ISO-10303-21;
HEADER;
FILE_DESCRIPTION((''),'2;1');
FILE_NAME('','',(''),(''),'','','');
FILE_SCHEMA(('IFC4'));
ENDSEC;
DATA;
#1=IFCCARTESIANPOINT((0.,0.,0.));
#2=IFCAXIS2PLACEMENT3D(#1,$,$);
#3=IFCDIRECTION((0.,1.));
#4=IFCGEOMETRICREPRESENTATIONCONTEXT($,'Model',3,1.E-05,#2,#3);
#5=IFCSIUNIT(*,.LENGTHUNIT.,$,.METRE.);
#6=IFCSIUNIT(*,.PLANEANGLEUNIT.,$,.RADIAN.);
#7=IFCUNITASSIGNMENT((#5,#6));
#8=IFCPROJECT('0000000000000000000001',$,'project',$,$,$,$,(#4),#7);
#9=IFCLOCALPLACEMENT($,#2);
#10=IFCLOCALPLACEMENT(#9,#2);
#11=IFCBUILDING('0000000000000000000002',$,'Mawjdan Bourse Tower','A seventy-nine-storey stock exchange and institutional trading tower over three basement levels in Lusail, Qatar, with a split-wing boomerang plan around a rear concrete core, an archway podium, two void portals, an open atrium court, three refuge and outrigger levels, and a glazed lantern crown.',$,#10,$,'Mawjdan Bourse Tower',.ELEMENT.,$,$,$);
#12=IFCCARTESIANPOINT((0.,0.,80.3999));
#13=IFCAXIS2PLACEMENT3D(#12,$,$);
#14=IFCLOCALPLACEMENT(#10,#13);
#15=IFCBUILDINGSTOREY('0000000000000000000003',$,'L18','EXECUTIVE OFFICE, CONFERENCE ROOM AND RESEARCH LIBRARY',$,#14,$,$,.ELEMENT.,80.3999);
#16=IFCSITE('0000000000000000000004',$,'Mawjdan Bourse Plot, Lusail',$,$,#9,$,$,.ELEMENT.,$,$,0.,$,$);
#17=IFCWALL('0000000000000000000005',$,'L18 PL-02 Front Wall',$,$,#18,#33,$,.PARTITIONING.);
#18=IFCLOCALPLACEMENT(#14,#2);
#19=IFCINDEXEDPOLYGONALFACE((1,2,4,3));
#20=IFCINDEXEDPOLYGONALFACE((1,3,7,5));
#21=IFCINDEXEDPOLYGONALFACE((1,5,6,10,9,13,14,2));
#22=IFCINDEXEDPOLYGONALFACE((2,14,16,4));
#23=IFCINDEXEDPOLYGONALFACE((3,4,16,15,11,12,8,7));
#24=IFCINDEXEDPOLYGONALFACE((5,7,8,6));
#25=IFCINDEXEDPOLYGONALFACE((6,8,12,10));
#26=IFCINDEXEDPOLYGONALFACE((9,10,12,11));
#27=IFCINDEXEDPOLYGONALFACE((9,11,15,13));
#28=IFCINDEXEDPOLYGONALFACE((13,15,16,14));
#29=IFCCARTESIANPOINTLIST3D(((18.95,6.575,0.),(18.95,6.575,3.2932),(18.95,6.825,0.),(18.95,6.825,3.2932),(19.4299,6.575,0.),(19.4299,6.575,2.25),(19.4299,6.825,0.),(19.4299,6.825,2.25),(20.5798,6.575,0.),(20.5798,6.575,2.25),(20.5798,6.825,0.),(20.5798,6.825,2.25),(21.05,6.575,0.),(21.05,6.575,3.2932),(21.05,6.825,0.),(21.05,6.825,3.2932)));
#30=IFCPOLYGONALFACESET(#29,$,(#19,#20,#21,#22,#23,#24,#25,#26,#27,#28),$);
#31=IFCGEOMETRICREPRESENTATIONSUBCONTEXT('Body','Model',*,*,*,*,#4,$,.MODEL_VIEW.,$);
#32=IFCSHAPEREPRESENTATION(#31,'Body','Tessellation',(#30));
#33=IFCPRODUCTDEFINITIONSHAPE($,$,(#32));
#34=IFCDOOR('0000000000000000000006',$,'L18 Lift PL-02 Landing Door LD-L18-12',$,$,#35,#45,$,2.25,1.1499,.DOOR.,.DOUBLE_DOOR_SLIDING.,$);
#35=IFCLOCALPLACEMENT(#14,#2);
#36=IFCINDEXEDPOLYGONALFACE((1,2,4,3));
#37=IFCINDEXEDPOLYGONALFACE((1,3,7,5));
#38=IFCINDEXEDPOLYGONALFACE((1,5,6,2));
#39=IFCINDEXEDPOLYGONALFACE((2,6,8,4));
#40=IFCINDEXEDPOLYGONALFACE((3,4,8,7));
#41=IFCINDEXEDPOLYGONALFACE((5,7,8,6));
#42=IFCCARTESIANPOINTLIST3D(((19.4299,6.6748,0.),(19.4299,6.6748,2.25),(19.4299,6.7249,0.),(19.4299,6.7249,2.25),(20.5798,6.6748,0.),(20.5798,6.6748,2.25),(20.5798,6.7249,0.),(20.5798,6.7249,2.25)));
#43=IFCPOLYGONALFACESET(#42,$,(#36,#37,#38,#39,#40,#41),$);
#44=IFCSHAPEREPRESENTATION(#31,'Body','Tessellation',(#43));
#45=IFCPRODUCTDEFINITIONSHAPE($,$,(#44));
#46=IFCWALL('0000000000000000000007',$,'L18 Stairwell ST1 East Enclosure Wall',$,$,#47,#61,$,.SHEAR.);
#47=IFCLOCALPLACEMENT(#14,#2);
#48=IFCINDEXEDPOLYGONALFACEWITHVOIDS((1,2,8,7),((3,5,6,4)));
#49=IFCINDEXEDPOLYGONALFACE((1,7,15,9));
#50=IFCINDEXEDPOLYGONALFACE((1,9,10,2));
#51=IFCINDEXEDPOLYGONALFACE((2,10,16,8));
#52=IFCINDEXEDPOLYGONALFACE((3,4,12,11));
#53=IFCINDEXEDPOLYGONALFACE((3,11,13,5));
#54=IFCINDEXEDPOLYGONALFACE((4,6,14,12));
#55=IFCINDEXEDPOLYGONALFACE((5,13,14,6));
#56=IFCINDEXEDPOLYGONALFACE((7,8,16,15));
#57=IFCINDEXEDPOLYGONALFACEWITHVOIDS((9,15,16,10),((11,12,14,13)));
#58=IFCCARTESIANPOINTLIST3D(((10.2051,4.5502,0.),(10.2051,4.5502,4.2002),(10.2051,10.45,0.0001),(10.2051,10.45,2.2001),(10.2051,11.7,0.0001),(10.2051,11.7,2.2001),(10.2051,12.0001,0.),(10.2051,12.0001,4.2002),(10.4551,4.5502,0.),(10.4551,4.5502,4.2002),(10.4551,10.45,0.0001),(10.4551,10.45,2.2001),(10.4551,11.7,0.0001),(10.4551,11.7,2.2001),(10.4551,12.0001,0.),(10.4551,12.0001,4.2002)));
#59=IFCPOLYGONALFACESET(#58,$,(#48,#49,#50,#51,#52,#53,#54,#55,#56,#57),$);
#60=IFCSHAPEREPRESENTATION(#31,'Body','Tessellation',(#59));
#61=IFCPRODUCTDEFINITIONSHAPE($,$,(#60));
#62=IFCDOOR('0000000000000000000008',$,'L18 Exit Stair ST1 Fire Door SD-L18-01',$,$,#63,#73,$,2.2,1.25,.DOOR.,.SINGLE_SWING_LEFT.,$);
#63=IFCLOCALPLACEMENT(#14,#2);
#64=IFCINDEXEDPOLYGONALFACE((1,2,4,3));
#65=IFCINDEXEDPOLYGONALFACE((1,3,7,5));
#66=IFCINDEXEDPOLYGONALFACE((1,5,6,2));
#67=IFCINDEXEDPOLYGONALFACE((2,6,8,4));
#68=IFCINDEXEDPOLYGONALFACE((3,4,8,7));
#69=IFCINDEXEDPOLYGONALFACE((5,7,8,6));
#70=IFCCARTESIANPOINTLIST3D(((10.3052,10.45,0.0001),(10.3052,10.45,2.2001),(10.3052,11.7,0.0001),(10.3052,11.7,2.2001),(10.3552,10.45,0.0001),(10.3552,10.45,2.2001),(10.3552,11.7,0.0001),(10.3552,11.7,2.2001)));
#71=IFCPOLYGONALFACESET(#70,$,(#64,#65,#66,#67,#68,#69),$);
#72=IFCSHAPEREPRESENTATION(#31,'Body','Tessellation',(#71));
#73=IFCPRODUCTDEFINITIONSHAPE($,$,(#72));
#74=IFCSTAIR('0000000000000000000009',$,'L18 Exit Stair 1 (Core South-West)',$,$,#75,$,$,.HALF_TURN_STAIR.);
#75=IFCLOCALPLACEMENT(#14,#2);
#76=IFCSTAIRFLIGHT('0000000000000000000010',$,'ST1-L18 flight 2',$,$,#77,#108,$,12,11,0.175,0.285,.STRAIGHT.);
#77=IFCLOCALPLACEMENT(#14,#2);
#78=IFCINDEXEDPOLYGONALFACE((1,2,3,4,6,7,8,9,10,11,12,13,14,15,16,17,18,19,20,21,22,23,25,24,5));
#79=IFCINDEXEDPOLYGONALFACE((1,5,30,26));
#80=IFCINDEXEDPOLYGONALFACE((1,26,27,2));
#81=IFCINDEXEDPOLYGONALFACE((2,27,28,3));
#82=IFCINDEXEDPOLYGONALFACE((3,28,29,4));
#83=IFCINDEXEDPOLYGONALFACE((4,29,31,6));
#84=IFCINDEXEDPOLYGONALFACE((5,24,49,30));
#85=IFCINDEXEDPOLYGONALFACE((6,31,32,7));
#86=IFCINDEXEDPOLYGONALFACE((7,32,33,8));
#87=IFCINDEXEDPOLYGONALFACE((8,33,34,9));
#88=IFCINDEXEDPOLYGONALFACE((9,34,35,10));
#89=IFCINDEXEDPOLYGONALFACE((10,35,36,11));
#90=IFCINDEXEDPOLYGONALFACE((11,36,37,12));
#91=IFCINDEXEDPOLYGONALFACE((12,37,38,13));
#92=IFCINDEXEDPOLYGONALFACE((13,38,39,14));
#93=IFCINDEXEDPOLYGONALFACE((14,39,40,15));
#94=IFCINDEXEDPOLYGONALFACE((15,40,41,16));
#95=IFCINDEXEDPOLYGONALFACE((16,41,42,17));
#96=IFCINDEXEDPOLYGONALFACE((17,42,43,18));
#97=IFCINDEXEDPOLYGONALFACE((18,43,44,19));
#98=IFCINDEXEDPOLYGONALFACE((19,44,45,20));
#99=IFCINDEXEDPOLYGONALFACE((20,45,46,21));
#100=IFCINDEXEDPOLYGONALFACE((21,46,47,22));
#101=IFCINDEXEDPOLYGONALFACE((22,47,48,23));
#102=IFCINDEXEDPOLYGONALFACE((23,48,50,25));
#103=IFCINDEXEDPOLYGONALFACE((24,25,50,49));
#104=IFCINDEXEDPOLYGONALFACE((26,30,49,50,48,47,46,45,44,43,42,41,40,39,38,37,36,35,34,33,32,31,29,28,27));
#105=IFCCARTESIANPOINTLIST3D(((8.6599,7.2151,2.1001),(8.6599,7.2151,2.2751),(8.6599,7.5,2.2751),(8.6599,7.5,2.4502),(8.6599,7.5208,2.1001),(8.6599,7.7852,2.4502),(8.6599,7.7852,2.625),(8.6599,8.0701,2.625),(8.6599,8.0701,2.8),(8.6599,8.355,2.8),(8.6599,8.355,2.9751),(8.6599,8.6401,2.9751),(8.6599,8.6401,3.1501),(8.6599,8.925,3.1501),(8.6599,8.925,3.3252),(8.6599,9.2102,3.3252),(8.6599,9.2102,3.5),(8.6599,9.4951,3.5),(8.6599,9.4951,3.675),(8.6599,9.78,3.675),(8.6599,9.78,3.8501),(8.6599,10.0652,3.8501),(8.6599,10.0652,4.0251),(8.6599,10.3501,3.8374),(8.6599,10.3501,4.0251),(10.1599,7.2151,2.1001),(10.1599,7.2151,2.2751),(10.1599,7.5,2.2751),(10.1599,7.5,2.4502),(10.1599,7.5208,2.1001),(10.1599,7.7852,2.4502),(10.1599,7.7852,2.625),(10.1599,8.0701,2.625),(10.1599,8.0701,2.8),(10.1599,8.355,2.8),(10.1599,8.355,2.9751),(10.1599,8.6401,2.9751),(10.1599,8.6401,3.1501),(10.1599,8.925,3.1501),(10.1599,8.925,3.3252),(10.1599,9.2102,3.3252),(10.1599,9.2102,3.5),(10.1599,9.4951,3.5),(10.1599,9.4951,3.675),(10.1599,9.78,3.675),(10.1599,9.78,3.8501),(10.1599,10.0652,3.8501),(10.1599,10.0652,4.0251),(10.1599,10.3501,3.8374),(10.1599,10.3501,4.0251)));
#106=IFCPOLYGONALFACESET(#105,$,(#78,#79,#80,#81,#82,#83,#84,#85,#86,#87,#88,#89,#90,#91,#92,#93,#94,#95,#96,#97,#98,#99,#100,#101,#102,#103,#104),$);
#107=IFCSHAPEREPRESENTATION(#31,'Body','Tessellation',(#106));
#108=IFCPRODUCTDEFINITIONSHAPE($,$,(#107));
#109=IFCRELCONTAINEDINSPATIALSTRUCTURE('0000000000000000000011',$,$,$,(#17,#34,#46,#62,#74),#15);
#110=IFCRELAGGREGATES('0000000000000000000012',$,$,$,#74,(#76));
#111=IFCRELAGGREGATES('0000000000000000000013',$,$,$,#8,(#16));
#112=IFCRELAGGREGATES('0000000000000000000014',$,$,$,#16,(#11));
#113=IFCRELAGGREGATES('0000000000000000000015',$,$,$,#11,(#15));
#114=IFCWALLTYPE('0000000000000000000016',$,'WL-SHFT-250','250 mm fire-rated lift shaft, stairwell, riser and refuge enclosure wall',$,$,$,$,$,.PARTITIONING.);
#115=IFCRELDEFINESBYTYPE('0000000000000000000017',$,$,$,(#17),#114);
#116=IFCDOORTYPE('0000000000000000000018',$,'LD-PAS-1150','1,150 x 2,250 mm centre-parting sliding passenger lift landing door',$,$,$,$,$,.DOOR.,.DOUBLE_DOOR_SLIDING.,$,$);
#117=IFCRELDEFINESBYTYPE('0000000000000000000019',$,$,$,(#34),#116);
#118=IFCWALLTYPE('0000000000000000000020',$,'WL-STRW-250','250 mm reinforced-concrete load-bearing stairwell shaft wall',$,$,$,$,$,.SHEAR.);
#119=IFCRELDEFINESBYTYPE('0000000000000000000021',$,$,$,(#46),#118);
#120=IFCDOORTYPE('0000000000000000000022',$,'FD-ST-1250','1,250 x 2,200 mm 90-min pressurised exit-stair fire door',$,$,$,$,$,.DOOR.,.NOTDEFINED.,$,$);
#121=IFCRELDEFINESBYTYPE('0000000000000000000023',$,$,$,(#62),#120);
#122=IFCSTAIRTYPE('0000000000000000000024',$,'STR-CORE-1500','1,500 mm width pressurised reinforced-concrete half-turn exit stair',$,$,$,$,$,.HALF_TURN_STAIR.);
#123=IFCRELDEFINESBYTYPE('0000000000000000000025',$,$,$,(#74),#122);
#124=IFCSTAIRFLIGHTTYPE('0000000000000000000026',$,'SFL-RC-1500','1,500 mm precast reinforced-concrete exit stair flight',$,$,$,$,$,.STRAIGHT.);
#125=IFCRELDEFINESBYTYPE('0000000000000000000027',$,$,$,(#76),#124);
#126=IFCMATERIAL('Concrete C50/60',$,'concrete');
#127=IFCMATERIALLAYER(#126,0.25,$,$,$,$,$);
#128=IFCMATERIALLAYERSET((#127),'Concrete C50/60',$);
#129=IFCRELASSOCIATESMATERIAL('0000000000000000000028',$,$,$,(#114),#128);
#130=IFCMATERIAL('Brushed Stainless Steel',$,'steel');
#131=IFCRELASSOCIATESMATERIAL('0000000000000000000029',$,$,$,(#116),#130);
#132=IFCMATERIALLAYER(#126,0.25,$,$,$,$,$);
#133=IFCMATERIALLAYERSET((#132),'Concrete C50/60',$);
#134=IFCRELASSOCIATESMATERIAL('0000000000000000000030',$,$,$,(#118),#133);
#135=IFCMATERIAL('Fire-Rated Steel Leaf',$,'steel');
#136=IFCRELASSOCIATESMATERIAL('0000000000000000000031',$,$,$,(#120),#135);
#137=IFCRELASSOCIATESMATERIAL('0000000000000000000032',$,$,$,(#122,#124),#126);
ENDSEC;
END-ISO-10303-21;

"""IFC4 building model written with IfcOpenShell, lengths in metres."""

from ifc_helpers import new_model, si_unit, direction, frame, frame_2d, origin, place, context, subcontext, project, spatial, polyline, rectangle, outline, extrude, material, layer, layer_set, type_object, element, fill, aggregate, save


model = new_model("IFC4")

# Units and contexts
model_context = context("Model", 3, precision=1e-05, world=origin(), true_north=direction((0.0, 1.0)))
body_context = subcontext(model_context, "Body", "Model", "MODEL_VIEW")
ifc_project = project(units=[si_unit("LENGTHUNIT", "METRE"), si_unit("PLANEANGLEUNIT", "RADIAN")], contexts=[model_context])

# Site, building, storey
site_placement = place(None, origin())
site = spatial("IfcSite", under=ifc_project, at=site_placement, Name="Mawjdan Bourse Plot, Lusail", CompositionType="ELEMENT", RefElevation=0.0)
building_placement = place(site_placement, origin())
building = spatial("IfcBuilding", under=site, at=building_placement, Name="Mawjdan Bourse Tower", Description="A seventy-nine-storey stock exchange and institutional trading tower over three basement levels in Lusail, Qatar, with a split-wing boomerang plan around a rear concrete core, an archway podium, two void portals, an open atrium court, three refuge and outrigger levels, and a glazed lantern crown.", LongName="Mawjdan Bourse Tower", CompositionType="ELEMENT")
storey_placement = place(building_placement, frame((0.0, 0.0, 80.3999)))
storey = spatial("IfcBuildingStorey", under=building, at=storey_placement, Name="L18", Description="EXECUTIVE OFFICE, CONFERENCE ROOM AND RESEARCH LIBRARY", CompositionType="ELEMENT", Elevation=80.3999)

# Shared definitions
ifc_material_1 = material(Name="Concrete C50/60", Category="concrete")
ifc_layer_1 = layer(ifc_material_1, 0.25)
ifc_layer_set_1 = layer_set([ifc_layer_1], Name="Concrete C50/60")
wall_type_1 = type_object("IfcWallType", Name="WL-SHFT-250", Description="250 mm fire-rated lift shaft, stairwell, riser and refuge enclosure wall", PredefinedType="PARTITIONING", material=ifc_layer_set_1)

# Shared definitions
ifc_material_2 = material(Name="Brushed Stainless Steel", Category="steel")

# Shared definitions
ifc_material_3 = material(Name="Fire-Rated Steel Leaf", Category="steel")

# Shared definitions
door_type_1 = type_object("IfcDoorType", Name="LD-PAS-1150", Description="1,150 x 2,250 mm centre-parting sliding passenger lift landing door", OperationType="DOUBLE_DOOR_SLIDING", PredefinedType="DOOR", material=ifc_material_2)

# Walls, openings, doors
wall_1_placement = place(storey_placement, frame((18.95, 6.7, 0.0), z_axis=(0.0, 0.0, 1.0), x_axis=(1.0, 0.0, 0.0)))
wall_1 = element("IfcWall", 1, at=wall_1_placement, inside=storey, type_object=wall_type_1, Name="L18 PL-02 Front Wall", PredefinedType="PARTITIONING", context=body_context, shape_type="SweptSolid", body=[
    extrude(rectangle(XDim=2.1001, YDim=0.25, at=frame_2d((1.05, 0.0))), origin(), (0.0, 0.0, 1.0), 3.2932),
])
opening_1_placement = place(wall_1_placement, frame((0.48, 0.0, 0.0)))
opening_1 = element("IfcOpeningElement", 2, at=opening_1_placement, cuts=wall_1, PredefinedType="OPENING", context=body_context, shape_type="SweptSolid", body=[
    extrude(rectangle(XDim=1.1499, YDim=2.25, at=frame_2d((0.575, 1.125))), frame((0.0, 0.135, 0.0), z_axis=(0.0, -1.0, 0.0), x_axis=(1.0, 0.0, 0.0)), (0.0, 0.0, 1.0), 0.27),
])
door_1_placement = place(opening_1_placement, origin())
door_1 = element("IfcDoor", 3, at=door_1_placement, inside=storey, type_object=door_type_1, Name="L18 Lift PL-02 Landing Door LD-L18-12", OperationType="DOUBLE_DOOR_SLIDING", OverallHeight=2.25, OverallWidth=1.1499, PredefinedType="DOOR", context=body_context, shape_type="SweptSolid", body=[
    extrude(rectangle(XDim=1.1499, YDim=2.25, at=frame_2d((0.575, 1.125))), frame((0.0, 0.0249, 0.0), z_axis=(0.0, -1.0, 0.0), x_axis=(1.0, 0.0, 0.0)), (0.0, 0.0, 1.0), 0.05),
])
fill(opening_1, door_1)
ifc_layer_2 = layer(ifc_material_1, 0.25)
ifc_layer_set_2 = layer_set([ifc_layer_2], Name="Concrete C50/60")
wall_type_2 = type_object("IfcWallType", Name="WL-STRW-250", Description="250 mm reinforced-concrete load-bearing stairwell shaft wall", PredefinedType="SHEAR", material=ifc_layer_set_2)
wall_2_placement = place(storey_placement, frame((10.3301, 4.55, 0.0), z_axis=(0.0, 0.0, 1.0), x_axis=(0.0, 1.0, 0.0)))
wall_2 = element("IfcWall", 4, at=wall_2_placement, inside=storey, type_object=wall_type_2, Name="L18 Stairwell ST1 East Enclosure Wall", PredefinedType="SHEAR", context=body_context, shape_type="SweptSolid", body=[
    extrude(rectangle(XDim=7.45, YDim=0.25, at=frame_2d((3.7251, 0.0))), origin(), (0.0, 0.0, 1.0), 4.2002),
])
opening_2_placement = place(wall_2_placement, frame((5.8999, 0.0, 0.0)))
opening_2 = element("IfcOpeningElement", 5, at=opening_2_placement, cuts=wall_2, PredefinedType="OPENING", context=body_context, shape_type="SweptSolid", body=[
    extrude(rectangle(XDim=1.25, YDim=2.2, at=frame_2d((0.625, 1.1001))), frame((0.0, 0.135, 0.0), z_axis=(0.0, -1.0, 0.0), x_axis=(1.0, 0.0, 0.0)), (0.0, 0.0, 1.0), 0.27),
])
door_type_2 = type_object("IfcDoorType", Name="FD-ST-1250", Description="1,250 x 2,200 mm 90-min pressurised exit-stair fire door", OperationType="NOTDEFINED", PredefinedType="DOOR", material=ifc_material_3)
door_2_placement = place(opening_2_placement, origin())
door_2 = element("IfcDoor", 6, at=door_2_placement, inside=storey, type_object=door_type_2, Name="L18 Exit Stair ST1 Fire Door SD-L18-01", OperationType="SINGLE_SWING_LEFT", OverallHeight=2.2, OverallWidth=1.25, PredefinedType="DOOR", context=body_context, shape_type="SweptSolid", body=[
    extrude(rectangle(XDim=1.25, YDim=2.2, at=frame_2d((0.625, 1.1001))), frame((0.0, 0.0249, 0.0), z_axis=(0.0, -1.0, 0.0), x_axis=(1.0, 0.0, 0.0)), (0.0, 0.0, 1.0), 0.05),
])
fill(opening_2, door_2)

# Stair, stair flight
stair_type = type_object("IfcStairType", Name="STR-CORE-1500", Description="1,500 mm width pressurised reinforced-concrete half-turn exit stair", PredefinedType="HALF_TURN_STAIR", material=ifc_material_1)
stair_placement = place(storey_placement, origin())
stair = element("IfcStair", 7, at=stair_placement, inside=storey, type_object=stair_type, Name="L18 Exit Stair 1 (Core South-West)", PredefinedType="HALF_TURN_STAIR")
stair_flight_type = type_object("IfcStairFlightType", Name="SFL-RC-1500", Description="1,500 mm precast reinforced-concrete exit stair flight", PredefinedType="STRAIGHT", material=ifc_material_1)
stair_flight_placement = place(storey_placement, frame((9.4099, 7.2151, 2.1001), z_axis=(0.0, 0.0, 1.0), x_axis=(0.0, 1.0, 0.0)))
stair_flight = element("IfcStairFlight", 8, at=stair_flight_placement, type_object=stair_flight_type, Name="ST1-L18 flight 2", NumberOfRisers=12, NumberOfTreads=11, PredefinedType="STRAIGHT", RiserHeight=0.175, TreadLength=0.285, context=body_context, shape_type="SweptSolid", body=[
    extrude(outline(polyline([(0.0, 0.0), (0.0, 0.175), (0.2849, 0.175), (0.2849, 0.3501), (0.5701, 0.3501), (0.5701, 0.5249), (0.855, 0.5249), (0.855, 0.7), (1.1399, 0.7), (1.1399, 0.875), (1.425, 0.875), (1.425, 1.05), (1.71, 1.05), (1.71, 1.2251), (1.9951, 1.2251), (1.9951, 1.3999), (2.28, 1.3999), (2.28, 1.575), (2.5649, 1.575), (2.5649, 1.75), (2.8501, 1.75), (2.8501, 1.925), (3.135, 1.925), (3.135, 2.1001), (3.135, 1.7373), (0.3057, 0.0), (0.0, 0.0)])), frame((0.0, 0.75, 0.0), z_axis=(0.0, -1.0, 0.0), x_axis=(1.0, 0.0, 0.0)), (0.0, 0.0, 1.0), 1.5),
])
aggregate(stair, [stair_flight])

save(model, "model.ifc")
